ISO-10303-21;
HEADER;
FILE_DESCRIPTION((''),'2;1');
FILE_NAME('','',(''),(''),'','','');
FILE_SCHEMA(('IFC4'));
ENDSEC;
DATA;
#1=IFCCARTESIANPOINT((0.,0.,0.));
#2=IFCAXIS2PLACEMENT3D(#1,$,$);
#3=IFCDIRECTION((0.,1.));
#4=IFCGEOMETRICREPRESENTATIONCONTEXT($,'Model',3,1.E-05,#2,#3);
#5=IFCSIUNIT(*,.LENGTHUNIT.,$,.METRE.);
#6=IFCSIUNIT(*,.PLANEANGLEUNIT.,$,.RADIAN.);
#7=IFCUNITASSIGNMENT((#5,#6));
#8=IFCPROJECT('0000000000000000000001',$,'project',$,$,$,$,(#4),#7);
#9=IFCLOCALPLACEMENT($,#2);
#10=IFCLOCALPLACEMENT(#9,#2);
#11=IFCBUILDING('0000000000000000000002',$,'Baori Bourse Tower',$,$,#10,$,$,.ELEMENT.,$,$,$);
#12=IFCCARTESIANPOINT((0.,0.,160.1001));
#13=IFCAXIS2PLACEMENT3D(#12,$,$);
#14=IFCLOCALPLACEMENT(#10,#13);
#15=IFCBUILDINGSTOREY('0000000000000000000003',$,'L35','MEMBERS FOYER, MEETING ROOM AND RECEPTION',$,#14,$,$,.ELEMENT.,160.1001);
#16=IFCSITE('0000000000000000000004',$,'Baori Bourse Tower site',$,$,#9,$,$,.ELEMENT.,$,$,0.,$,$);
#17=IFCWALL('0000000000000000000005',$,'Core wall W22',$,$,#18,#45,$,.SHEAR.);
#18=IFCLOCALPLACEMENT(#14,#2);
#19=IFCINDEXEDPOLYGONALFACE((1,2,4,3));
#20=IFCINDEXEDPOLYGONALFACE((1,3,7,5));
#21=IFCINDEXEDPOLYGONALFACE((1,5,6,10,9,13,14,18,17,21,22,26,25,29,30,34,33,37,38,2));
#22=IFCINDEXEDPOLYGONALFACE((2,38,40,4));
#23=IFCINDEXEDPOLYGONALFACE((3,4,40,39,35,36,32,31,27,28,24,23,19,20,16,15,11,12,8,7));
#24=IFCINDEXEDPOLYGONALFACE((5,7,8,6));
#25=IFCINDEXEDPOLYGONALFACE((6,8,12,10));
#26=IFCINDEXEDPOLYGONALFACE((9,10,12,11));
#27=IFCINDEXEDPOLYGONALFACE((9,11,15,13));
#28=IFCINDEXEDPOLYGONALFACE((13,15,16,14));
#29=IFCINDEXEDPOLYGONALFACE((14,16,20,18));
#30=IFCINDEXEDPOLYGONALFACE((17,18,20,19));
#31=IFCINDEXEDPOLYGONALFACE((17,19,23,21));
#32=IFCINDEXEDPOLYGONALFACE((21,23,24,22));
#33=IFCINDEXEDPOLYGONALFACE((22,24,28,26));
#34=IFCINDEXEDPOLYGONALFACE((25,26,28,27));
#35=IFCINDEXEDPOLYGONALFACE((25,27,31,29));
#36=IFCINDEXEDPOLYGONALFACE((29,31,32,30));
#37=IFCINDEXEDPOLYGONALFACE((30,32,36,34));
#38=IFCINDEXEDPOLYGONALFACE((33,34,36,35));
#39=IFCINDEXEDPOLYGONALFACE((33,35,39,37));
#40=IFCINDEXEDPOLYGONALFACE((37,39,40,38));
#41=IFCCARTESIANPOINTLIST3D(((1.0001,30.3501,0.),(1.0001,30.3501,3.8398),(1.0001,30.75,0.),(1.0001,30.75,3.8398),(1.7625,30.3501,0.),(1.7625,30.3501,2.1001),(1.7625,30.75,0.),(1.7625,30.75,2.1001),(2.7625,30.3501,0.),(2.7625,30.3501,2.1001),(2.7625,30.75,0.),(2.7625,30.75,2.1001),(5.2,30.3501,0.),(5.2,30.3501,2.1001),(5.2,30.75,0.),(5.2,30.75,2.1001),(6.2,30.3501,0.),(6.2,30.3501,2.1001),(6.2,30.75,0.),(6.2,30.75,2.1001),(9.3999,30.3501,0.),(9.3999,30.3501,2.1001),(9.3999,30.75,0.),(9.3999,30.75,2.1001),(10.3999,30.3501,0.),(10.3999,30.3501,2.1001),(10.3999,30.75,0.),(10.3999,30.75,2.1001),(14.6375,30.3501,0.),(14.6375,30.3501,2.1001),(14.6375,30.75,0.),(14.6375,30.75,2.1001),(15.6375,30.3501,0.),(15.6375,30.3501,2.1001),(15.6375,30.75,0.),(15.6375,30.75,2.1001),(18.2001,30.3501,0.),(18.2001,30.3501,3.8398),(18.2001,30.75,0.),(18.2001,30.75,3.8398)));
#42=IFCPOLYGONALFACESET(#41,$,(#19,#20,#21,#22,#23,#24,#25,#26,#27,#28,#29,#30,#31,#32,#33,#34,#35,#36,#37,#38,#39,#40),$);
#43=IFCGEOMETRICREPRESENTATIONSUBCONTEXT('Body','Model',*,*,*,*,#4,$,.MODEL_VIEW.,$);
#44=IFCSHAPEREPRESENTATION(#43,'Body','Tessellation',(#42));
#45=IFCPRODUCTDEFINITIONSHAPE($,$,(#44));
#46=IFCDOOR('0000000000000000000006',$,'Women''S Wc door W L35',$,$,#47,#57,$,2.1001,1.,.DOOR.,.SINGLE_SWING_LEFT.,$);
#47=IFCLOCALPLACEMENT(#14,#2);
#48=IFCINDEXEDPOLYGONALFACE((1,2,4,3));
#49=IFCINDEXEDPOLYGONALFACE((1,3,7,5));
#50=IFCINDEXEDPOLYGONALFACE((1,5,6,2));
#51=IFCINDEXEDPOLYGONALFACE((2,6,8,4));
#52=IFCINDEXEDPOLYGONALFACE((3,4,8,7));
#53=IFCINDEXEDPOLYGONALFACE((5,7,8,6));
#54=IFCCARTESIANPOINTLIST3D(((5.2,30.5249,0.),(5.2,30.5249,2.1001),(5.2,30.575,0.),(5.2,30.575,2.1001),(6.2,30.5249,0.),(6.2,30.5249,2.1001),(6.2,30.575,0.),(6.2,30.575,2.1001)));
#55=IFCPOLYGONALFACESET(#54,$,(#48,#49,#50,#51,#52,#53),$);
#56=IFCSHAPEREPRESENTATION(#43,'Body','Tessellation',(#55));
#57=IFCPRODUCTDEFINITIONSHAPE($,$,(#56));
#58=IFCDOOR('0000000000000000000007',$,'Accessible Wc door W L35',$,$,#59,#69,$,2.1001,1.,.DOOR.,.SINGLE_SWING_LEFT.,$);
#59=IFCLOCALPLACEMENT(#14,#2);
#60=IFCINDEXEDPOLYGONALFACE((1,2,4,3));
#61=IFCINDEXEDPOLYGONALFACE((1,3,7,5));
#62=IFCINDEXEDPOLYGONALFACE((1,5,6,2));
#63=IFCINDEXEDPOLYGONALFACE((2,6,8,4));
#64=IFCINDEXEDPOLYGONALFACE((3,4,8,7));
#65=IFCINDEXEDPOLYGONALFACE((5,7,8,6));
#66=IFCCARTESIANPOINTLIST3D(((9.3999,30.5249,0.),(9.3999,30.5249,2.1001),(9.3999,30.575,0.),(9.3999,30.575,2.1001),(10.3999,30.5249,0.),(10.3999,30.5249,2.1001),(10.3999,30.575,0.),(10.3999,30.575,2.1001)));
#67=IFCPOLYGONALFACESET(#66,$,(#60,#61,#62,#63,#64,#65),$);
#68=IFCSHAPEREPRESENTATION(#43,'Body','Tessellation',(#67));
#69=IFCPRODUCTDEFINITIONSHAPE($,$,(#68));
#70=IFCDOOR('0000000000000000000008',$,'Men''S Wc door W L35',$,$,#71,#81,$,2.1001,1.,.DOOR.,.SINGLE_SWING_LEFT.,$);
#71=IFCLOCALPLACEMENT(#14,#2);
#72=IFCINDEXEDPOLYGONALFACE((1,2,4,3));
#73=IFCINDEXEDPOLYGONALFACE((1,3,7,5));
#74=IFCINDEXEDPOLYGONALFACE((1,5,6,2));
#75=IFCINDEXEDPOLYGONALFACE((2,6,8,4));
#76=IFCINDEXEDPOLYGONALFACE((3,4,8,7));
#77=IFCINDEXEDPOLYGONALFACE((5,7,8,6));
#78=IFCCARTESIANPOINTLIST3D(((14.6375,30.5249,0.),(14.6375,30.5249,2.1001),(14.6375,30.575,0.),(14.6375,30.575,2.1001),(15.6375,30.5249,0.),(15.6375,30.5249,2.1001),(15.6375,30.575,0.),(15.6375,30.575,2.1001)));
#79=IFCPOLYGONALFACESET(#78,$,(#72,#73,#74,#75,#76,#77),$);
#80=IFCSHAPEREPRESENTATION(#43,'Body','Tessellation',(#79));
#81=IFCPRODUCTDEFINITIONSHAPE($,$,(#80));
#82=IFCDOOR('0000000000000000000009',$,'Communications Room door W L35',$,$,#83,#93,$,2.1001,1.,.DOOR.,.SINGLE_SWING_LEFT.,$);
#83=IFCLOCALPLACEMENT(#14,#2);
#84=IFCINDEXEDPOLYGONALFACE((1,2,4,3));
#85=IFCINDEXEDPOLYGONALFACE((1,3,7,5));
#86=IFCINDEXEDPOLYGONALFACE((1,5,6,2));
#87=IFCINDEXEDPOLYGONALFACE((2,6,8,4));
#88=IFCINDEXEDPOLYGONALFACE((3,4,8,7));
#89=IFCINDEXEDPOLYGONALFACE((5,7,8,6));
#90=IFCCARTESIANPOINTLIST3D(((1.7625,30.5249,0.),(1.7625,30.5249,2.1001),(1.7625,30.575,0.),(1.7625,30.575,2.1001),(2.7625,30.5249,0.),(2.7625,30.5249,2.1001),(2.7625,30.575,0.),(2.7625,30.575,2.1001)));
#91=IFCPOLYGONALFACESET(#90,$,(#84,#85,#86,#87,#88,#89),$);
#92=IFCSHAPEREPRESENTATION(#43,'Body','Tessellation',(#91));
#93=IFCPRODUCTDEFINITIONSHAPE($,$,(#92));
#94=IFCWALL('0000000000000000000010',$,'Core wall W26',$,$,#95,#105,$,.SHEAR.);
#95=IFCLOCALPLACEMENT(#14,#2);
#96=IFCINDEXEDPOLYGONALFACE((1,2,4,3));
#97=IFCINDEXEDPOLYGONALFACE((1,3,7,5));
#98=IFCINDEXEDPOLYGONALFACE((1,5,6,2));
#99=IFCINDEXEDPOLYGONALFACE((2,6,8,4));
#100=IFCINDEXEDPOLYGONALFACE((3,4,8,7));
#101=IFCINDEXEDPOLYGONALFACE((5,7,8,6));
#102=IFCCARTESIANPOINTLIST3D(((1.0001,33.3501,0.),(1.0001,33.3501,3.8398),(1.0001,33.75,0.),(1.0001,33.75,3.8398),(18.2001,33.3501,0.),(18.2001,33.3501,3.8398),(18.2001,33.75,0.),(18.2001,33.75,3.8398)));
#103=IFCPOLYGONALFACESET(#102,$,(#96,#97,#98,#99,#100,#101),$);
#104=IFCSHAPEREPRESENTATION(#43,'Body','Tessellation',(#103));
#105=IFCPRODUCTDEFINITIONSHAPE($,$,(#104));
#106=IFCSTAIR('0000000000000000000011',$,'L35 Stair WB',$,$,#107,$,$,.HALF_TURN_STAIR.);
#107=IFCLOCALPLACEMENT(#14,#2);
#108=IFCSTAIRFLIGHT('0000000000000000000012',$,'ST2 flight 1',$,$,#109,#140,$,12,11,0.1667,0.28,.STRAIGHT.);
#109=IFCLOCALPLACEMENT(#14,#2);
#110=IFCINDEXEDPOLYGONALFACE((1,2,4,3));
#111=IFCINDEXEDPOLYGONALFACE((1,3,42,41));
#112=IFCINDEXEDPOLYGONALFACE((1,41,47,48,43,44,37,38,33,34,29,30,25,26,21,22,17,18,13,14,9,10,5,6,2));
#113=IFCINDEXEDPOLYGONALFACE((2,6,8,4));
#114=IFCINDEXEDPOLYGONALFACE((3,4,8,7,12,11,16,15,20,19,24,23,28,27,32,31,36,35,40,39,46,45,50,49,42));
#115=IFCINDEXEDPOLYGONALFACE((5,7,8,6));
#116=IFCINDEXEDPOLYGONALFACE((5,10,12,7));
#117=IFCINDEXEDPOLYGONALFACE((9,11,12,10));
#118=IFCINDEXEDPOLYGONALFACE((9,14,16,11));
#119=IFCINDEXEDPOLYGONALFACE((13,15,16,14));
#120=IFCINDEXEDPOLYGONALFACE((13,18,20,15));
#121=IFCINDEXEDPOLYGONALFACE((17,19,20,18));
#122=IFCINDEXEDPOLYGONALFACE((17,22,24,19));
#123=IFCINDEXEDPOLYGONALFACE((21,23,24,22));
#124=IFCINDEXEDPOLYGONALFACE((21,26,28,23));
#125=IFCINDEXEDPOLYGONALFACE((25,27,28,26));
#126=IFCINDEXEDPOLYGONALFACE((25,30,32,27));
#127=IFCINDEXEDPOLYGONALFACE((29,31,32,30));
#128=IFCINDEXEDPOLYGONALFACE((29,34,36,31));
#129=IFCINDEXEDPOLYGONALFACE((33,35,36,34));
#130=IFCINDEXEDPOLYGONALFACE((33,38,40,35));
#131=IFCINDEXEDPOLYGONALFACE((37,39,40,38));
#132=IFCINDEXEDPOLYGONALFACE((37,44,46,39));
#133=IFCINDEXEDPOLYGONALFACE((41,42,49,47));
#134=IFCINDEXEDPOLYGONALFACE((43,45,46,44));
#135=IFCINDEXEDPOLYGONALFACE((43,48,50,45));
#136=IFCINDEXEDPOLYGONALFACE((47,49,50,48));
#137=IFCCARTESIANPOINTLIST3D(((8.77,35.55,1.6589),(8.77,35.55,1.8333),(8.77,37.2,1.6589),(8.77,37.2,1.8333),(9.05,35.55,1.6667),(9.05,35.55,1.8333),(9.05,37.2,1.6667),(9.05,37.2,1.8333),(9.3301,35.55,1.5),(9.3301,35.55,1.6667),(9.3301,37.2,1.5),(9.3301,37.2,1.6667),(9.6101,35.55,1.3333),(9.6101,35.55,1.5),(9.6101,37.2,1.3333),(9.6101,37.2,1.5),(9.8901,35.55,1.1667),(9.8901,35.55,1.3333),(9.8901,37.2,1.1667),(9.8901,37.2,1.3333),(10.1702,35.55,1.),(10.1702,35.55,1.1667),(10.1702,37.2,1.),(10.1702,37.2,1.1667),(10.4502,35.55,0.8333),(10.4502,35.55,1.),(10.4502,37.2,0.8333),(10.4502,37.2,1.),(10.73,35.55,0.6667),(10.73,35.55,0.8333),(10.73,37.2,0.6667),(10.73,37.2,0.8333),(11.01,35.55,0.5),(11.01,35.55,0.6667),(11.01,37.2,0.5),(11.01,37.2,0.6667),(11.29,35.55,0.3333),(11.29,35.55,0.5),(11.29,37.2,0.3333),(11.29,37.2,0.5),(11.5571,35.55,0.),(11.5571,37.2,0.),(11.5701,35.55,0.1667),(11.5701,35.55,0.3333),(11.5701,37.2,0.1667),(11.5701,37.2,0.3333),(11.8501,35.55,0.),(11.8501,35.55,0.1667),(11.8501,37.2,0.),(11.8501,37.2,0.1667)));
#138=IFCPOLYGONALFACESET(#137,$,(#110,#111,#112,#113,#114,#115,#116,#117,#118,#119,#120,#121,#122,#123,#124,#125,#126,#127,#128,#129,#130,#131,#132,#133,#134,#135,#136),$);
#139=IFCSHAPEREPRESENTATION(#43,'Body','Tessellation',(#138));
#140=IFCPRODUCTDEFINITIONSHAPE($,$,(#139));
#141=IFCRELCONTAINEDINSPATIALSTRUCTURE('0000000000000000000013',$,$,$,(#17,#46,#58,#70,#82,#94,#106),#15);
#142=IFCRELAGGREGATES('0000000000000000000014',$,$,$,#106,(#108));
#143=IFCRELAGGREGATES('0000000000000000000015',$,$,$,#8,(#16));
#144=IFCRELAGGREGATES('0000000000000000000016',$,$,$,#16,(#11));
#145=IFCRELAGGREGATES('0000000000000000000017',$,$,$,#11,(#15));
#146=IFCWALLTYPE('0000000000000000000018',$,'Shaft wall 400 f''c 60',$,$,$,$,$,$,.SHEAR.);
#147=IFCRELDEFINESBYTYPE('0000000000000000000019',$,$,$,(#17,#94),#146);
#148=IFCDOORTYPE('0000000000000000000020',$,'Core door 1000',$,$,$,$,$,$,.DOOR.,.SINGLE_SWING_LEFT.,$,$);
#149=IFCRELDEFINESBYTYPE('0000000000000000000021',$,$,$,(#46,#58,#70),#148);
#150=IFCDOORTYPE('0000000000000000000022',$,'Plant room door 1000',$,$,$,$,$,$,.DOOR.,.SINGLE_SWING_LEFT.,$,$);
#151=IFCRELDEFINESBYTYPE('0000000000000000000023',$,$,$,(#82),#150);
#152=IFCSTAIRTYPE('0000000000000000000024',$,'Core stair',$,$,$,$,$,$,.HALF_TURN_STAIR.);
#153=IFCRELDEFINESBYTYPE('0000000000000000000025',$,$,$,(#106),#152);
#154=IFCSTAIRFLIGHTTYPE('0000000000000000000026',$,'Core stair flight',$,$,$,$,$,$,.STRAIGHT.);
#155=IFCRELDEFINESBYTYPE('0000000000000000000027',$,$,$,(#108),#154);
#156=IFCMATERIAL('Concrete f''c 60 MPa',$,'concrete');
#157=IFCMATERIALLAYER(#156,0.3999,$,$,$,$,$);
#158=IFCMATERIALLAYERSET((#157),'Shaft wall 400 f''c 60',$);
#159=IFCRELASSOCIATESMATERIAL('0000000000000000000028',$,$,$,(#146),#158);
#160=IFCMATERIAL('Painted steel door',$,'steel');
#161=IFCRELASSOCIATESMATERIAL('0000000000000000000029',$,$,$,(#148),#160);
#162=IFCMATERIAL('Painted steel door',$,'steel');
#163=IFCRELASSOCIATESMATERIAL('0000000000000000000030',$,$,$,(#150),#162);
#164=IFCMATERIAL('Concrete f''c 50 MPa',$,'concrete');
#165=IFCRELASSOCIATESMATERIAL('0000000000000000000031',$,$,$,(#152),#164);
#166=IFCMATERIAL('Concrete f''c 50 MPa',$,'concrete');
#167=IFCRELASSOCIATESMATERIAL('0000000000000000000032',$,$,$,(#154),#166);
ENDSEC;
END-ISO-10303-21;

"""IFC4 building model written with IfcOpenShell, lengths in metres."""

from ifc_helpers import new_model, si_unit, direction, frame, frame_2d, origin, place, context, subcontext, project, spatial, polyline, rectangle, outline, extrude, material, layer, layer_set, type_object, element, fill, aggregate, save


model = new_model("IFC4")

# Units and contexts
model_context = context("Model", 3, precision=1e-05, world=origin(), true_north=direction((0.0, 1.0)))
body_context = subcontext(model_context, "Body", "Model", "MODEL_VIEW")
ifc_project = project(units=[si_unit("LENGTHUNIT", "METRE"), si_unit("PLANEANGLEUNIT", "RADIAN")], contexts=[model_context])

# Site, building, storey
site_placement = place(None, origin())
site = spatial("IfcSite", under=ifc_project, at=site_placement, Name="Baori Bourse Tower site", CompositionType="ELEMENT", RefElevation=0.0)
building_placement = place(site_placement, origin())
building = spatial("IfcBuilding", under=site, at=building_placement, Name="Baori Bourse Tower", CompositionType="ELEMENT")
storey_placement = place(building_placement, frame((0.0, 0.0, 160.1001)))
storey = spatial("IfcBuildingStorey", under=building, at=storey_placement, Name="L35", Description="MEMBERS FOYER, MEETING ROOM AND RECEPTION", CompositionType="ELEMENT", Elevation=160.1001)

# Wall, openings, doors
ifc_material_1 = material(Name="Concrete f'c 60 MPa", Category="concrete")
ifc_layer_1 = layer(ifc_material_1, 0.3999)
ifc_layer_set_1 = layer_set([ifc_layer_1], Name="Shaft wall 400 f'c 60")
wall_type_1 = type_object("IfcWallType", Name="Shaft wall 400 f'c 60", PredefinedType="SHEAR", material=ifc_layer_set_1)
wall_1_placement = place(storey_placement, frame((1.0, 30.55, 0.0), z_axis=(0.0, 0.0, 1.0), x_axis=(1.0, 0.0, 0.0)))
wall_1 = element("IfcWall", 1, at=wall_1_placement, inside=storey, type_object=wall_type_1, Name="Core wall W22", PredefinedType="SHEAR", context=body_context, shape_type="SweptSolid", body=[
    extrude(rectangle(XDim=17.2, YDim=0.3999, at=frame_2d((8.6001, 0.0))), origin(), (0.0, 0.0, 1.0), 3.8398),
])
opening_1_placement = place(wall_1_placement, frame((0.7625, 0.0, 0.0)))
opening_1 = element("IfcOpeningElement", 2, at=opening_1_placement, cuts=wall_1, PredefinedType="OPENING", context=body_context, shape_type="SweptSolid", body=[
    extrude(rectangle(XDim=1.0, YDim=2.1001, at=frame_2d((0.5, 1.05))), frame((0.0, 0.21, 0.0), z_axis=(0.0, -1.0, 0.0), x_axis=(1.0, 0.0, 0.0)), (0.0, 0.0, 1.0), 0.4199),
])
opening_2_placement = place(wall_1_placement, frame((4.2, 0.0, 0.0)))
opening_2 = element("IfcOpeningElement", 3, at=opening_2_placement, cuts=wall_1, PredefinedType="OPENING", context=body_context, shape_type="SweptSolid", body=[
    extrude(rectangle(XDim=1.0, YDim=2.1001, at=frame_2d((0.5, 1.05))), frame((0.0, 0.21, 0.0), z_axis=(0.0, -1.0, 0.0), x_axis=(1.0, 0.0, 0.0)), (0.0, 0.0, 1.0), 0.4199),
])
opening_3_placement = place(wall_1_placement, frame((8.3999, 0.0, 0.0)))
opening_3 = element("IfcOpeningElement", 4, at=opening_3_placement, cuts=wall_1, PredefinedType="OPENING", context=body_context, shape_type="SweptSolid", body=[
    extrude(rectangle(XDim=1.0, YDim=2.1001, at=frame_2d((0.5, 1.05))), frame((0.0, 0.21, 0.0), z_axis=(0.0, -1.0, 0.0), x_axis=(1.0, 0.0, 0.0)), (0.0, 0.0, 1.0), 0.4199),
])
opening_4_placement = place(wall_1_placement, frame((13.6375, 0.0, 0.0)))
opening_4 = element("IfcOpeningElement", 5, at=opening_4_placement, cuts=wall_1, PredefinedType="OPENING", context=body_context, shape_type="SweptSolid", body=[
    extrude(rectangle(XDim=1.0, YDim=2.1001, at=frame_2d((0.5, 1.05))), frame((0.0, 0.21, 0.0), z_axis=(0.0, -1.0, 0.0), x_axis=(1.0, 0.0, 0.0)), (0.0, 0.0, 1.0), 0.4199),
])
ifc_material_2 = material(Name="Painted steel door", Category="steel")
door_type_1 = type_object("IfcDoorType", Name="Core door 1000", OperationType="SINGLE_SWING_LEFT", PredefinedType="DOOR", material=ifc_material_2)
door_1_placement = place(opening_2_placement, origin())
door_1 = element("IfcDoor", 6, at=door_1_placement, inside=storey, type_object=door_type_1, Name="Women'S Wc door W L35", OperationType="SINGLE_SWING_LEFT", OverallHeight=2.1001, OverallWidth=1.0, PredefinedType="DOOR", context=body_context, shape_type="SweptSolid", body=[
    extrude(rectangle(XDim=1.0, YDim=2.1001, at=frame_2d((0.5, 1.05))), frame((0.0, 0.0249, 0.0), z_axis=(0.0, -1.0, 0.0), x_axis=(1.0, 0.0, 0.0)), (0.0, 0.0, 1.0), 0.05),
])
fill(opening_2, door_1)
door_2_placement = place(opening_3_placement, origin())
door_2 = element("IfcDoor", 7, at=door_2_placement, inside=storey, type_object=door_type_1, Name="Accessible Wc door W L35", OperationType="SINGLE_SWING_LEFT", OverallHeight=2.1001, OverallWidth=1.0, PredefinedType="DOOR", context=body_context, shape_type="SweptSolid", body=[
    extrude(rectangle(XDim=1.0, YDim=2.1001, at=frame_2d((0.5, 1.05))), frame((0.0, 0.0249, 0.0), z_axis=(0.0, -1.0, 0.0), x_axis=(1.0, 0.0, 0.0)), (0.0, 0.0, 1.0), 0.05),
])
fill(opening_3, door_2)
door_3_placement = place(opening_4_placement, origin())
door_3 = element("IfcDoor", 8, at=door_3_placement, inside=storey, type_object=door_type_1, Name="Men'S Wc door W L35", OperationType="SINGLE_SWING_LEFT", OverallHeight=2.1001, OverallWidth=1.0, PredefinedType="DOOR", context=body_context, shape_type="SweptSolid", body=[
    extrude(rectangle(XDim=1.0, YDim=2.1001, at=frame_2d((0.5, 1.05))), frame((0.0, 0.0249, 0.0), z_axis=(0.0, -1.0, 0.0), x_axis=(1.0, 0.0, 0.0)), (0.0, 0.0, 1.0), 0.05),
])
fill(opening_4, door_3)
ifc_material_3 = material(Name="Painted steel door", Category="steel")
door_type_2 = type_object("IfcDoorType", Name="Plant room door 1000", OperationType="SINGLE_SWING_LEFT", PredefinedType="DOOR", material=ifc_material_3)
door_4_placement = place(opening_1_placement, origin())
door_4 = element("IfcDoor", 9, at=door_4_placement, inside=storey, type_object=door_type_2, Name="Communications Room door W L35", OperationType="SINGLE_SWING_LEFT", OverallHeight=2.1001, OverallWidth=1.0, PredefinedType="DOOR", context=body_context, shape_type="SweptSolid", body=[
    extrude(rectangle(XDim=1.0, YDim=2.1001, at=frame_2d((0.5, 1.05))), frame((0.0, 0.0249, 0.0), z_axis=(0.0, -1.0, 0.0), x_axis=(1.0, 0.0, 0.0)), (0.0, 0.0, 1.0), 0.05),
])
fill(opening_1, door_4)

# Wall
wall_2_placement = place(storey_placement, frame((1.0, 33.55, 0.0), z_axis=(0.0, 0.0, 1.0), x_axis=(1.0, 0.0, 0.0)))
element("IfcWall", 10, at=wall_2_placement, inside=storey, type_object=wall_type_1, Name="Core wall W26", PredefinedType="SHEAR", context=body_context, shape_type="SweptSolid", body=[
    extrude(rectangle(XDim=17.2, YDim=0.3999, at=frame_2d((8.6001, 0.0))), origin(), (0.0, 0.0, 1.0), 3.8398),
])

# Stair, stair flight
ifc_material_4 = material(Name="Concrete f'c 50 MPa", Category="concrete")
stair_type = type_object("IfcStairType", Name="Core stair", PredefinedType="HALF_TURN_STAIR", material=ifc_material_4)
stair_placement = place(storey_placement, origin())
stair = element("IfcStair", 11, at=stair_placement, inside=storey, type_object=stair_type, Name="L35 Stair WB", PredefinedType="HALF_TURN_STAIR")
ifc_material_5 = material(Name="Concrete f'c 50 MPa", Category="concrete")
stair_flight_type = type_object("IfcStairFlightType", Name="Core stair flight", PredefinedType="STRAIGHT", material=ifc_material_5)
stair_flight_1_placement = place(storey_placement, frame((11.8501, 36.375, 0.0), z_axis=(0.0, 0.0, 1.0), x_axis=(-1.0, 0.0, 0.0)))
stair_flight_1 = element("IfcStairFlight", 12, at=stair_flight_1_placement, type_object=stair_flight_type, Name="ST2 flight 1", NumberOfRisers=12, NumberOfTreads=11, PredefinedType="STRAIGHT", RiserHeight=0.1667, TreadLength=0.28, context=body_context, shape_type="SweptSolid", body=[
    extrude(outline(polyline([(0.0, 0.0), (0.0, 0.1667), (0.28, 0.1667), (0.28, 0.3333), (0.5601, 0.3333), (0.5601, 0.5), (0.8401, 0.5), (0.8401, 0.6667), (1.1201, 0.6667), (1.1201, 0.8333), (1.3999, 0.8333), (1.3999, 1.0), (1.6799, 1.0), (1.6799, 1.1667), (1.96, 1.1667), (1.96, 1.3333), (2.24, 1.3333), (2.24, 1.5), (2.52, 1.5), (2.52, 1.6667), (2.8, 1.6667), (2.8, 1.8333), (3.0801, 1.8333), (3.0801, 2.0), (3.0801, 1.6589), (0.293, 0.0), (0.0, 0.0)])), frame((0.0, 0.825, 0.0), z_axis=(0.0, -1.0, 0.0), x_axis=(1.0, 0.0, 0.0)), (0.0, 0.0, 1.0), 1.6499),
])
aggregate(stair, [stair_flight_1])

save(model, "model.ifc")
